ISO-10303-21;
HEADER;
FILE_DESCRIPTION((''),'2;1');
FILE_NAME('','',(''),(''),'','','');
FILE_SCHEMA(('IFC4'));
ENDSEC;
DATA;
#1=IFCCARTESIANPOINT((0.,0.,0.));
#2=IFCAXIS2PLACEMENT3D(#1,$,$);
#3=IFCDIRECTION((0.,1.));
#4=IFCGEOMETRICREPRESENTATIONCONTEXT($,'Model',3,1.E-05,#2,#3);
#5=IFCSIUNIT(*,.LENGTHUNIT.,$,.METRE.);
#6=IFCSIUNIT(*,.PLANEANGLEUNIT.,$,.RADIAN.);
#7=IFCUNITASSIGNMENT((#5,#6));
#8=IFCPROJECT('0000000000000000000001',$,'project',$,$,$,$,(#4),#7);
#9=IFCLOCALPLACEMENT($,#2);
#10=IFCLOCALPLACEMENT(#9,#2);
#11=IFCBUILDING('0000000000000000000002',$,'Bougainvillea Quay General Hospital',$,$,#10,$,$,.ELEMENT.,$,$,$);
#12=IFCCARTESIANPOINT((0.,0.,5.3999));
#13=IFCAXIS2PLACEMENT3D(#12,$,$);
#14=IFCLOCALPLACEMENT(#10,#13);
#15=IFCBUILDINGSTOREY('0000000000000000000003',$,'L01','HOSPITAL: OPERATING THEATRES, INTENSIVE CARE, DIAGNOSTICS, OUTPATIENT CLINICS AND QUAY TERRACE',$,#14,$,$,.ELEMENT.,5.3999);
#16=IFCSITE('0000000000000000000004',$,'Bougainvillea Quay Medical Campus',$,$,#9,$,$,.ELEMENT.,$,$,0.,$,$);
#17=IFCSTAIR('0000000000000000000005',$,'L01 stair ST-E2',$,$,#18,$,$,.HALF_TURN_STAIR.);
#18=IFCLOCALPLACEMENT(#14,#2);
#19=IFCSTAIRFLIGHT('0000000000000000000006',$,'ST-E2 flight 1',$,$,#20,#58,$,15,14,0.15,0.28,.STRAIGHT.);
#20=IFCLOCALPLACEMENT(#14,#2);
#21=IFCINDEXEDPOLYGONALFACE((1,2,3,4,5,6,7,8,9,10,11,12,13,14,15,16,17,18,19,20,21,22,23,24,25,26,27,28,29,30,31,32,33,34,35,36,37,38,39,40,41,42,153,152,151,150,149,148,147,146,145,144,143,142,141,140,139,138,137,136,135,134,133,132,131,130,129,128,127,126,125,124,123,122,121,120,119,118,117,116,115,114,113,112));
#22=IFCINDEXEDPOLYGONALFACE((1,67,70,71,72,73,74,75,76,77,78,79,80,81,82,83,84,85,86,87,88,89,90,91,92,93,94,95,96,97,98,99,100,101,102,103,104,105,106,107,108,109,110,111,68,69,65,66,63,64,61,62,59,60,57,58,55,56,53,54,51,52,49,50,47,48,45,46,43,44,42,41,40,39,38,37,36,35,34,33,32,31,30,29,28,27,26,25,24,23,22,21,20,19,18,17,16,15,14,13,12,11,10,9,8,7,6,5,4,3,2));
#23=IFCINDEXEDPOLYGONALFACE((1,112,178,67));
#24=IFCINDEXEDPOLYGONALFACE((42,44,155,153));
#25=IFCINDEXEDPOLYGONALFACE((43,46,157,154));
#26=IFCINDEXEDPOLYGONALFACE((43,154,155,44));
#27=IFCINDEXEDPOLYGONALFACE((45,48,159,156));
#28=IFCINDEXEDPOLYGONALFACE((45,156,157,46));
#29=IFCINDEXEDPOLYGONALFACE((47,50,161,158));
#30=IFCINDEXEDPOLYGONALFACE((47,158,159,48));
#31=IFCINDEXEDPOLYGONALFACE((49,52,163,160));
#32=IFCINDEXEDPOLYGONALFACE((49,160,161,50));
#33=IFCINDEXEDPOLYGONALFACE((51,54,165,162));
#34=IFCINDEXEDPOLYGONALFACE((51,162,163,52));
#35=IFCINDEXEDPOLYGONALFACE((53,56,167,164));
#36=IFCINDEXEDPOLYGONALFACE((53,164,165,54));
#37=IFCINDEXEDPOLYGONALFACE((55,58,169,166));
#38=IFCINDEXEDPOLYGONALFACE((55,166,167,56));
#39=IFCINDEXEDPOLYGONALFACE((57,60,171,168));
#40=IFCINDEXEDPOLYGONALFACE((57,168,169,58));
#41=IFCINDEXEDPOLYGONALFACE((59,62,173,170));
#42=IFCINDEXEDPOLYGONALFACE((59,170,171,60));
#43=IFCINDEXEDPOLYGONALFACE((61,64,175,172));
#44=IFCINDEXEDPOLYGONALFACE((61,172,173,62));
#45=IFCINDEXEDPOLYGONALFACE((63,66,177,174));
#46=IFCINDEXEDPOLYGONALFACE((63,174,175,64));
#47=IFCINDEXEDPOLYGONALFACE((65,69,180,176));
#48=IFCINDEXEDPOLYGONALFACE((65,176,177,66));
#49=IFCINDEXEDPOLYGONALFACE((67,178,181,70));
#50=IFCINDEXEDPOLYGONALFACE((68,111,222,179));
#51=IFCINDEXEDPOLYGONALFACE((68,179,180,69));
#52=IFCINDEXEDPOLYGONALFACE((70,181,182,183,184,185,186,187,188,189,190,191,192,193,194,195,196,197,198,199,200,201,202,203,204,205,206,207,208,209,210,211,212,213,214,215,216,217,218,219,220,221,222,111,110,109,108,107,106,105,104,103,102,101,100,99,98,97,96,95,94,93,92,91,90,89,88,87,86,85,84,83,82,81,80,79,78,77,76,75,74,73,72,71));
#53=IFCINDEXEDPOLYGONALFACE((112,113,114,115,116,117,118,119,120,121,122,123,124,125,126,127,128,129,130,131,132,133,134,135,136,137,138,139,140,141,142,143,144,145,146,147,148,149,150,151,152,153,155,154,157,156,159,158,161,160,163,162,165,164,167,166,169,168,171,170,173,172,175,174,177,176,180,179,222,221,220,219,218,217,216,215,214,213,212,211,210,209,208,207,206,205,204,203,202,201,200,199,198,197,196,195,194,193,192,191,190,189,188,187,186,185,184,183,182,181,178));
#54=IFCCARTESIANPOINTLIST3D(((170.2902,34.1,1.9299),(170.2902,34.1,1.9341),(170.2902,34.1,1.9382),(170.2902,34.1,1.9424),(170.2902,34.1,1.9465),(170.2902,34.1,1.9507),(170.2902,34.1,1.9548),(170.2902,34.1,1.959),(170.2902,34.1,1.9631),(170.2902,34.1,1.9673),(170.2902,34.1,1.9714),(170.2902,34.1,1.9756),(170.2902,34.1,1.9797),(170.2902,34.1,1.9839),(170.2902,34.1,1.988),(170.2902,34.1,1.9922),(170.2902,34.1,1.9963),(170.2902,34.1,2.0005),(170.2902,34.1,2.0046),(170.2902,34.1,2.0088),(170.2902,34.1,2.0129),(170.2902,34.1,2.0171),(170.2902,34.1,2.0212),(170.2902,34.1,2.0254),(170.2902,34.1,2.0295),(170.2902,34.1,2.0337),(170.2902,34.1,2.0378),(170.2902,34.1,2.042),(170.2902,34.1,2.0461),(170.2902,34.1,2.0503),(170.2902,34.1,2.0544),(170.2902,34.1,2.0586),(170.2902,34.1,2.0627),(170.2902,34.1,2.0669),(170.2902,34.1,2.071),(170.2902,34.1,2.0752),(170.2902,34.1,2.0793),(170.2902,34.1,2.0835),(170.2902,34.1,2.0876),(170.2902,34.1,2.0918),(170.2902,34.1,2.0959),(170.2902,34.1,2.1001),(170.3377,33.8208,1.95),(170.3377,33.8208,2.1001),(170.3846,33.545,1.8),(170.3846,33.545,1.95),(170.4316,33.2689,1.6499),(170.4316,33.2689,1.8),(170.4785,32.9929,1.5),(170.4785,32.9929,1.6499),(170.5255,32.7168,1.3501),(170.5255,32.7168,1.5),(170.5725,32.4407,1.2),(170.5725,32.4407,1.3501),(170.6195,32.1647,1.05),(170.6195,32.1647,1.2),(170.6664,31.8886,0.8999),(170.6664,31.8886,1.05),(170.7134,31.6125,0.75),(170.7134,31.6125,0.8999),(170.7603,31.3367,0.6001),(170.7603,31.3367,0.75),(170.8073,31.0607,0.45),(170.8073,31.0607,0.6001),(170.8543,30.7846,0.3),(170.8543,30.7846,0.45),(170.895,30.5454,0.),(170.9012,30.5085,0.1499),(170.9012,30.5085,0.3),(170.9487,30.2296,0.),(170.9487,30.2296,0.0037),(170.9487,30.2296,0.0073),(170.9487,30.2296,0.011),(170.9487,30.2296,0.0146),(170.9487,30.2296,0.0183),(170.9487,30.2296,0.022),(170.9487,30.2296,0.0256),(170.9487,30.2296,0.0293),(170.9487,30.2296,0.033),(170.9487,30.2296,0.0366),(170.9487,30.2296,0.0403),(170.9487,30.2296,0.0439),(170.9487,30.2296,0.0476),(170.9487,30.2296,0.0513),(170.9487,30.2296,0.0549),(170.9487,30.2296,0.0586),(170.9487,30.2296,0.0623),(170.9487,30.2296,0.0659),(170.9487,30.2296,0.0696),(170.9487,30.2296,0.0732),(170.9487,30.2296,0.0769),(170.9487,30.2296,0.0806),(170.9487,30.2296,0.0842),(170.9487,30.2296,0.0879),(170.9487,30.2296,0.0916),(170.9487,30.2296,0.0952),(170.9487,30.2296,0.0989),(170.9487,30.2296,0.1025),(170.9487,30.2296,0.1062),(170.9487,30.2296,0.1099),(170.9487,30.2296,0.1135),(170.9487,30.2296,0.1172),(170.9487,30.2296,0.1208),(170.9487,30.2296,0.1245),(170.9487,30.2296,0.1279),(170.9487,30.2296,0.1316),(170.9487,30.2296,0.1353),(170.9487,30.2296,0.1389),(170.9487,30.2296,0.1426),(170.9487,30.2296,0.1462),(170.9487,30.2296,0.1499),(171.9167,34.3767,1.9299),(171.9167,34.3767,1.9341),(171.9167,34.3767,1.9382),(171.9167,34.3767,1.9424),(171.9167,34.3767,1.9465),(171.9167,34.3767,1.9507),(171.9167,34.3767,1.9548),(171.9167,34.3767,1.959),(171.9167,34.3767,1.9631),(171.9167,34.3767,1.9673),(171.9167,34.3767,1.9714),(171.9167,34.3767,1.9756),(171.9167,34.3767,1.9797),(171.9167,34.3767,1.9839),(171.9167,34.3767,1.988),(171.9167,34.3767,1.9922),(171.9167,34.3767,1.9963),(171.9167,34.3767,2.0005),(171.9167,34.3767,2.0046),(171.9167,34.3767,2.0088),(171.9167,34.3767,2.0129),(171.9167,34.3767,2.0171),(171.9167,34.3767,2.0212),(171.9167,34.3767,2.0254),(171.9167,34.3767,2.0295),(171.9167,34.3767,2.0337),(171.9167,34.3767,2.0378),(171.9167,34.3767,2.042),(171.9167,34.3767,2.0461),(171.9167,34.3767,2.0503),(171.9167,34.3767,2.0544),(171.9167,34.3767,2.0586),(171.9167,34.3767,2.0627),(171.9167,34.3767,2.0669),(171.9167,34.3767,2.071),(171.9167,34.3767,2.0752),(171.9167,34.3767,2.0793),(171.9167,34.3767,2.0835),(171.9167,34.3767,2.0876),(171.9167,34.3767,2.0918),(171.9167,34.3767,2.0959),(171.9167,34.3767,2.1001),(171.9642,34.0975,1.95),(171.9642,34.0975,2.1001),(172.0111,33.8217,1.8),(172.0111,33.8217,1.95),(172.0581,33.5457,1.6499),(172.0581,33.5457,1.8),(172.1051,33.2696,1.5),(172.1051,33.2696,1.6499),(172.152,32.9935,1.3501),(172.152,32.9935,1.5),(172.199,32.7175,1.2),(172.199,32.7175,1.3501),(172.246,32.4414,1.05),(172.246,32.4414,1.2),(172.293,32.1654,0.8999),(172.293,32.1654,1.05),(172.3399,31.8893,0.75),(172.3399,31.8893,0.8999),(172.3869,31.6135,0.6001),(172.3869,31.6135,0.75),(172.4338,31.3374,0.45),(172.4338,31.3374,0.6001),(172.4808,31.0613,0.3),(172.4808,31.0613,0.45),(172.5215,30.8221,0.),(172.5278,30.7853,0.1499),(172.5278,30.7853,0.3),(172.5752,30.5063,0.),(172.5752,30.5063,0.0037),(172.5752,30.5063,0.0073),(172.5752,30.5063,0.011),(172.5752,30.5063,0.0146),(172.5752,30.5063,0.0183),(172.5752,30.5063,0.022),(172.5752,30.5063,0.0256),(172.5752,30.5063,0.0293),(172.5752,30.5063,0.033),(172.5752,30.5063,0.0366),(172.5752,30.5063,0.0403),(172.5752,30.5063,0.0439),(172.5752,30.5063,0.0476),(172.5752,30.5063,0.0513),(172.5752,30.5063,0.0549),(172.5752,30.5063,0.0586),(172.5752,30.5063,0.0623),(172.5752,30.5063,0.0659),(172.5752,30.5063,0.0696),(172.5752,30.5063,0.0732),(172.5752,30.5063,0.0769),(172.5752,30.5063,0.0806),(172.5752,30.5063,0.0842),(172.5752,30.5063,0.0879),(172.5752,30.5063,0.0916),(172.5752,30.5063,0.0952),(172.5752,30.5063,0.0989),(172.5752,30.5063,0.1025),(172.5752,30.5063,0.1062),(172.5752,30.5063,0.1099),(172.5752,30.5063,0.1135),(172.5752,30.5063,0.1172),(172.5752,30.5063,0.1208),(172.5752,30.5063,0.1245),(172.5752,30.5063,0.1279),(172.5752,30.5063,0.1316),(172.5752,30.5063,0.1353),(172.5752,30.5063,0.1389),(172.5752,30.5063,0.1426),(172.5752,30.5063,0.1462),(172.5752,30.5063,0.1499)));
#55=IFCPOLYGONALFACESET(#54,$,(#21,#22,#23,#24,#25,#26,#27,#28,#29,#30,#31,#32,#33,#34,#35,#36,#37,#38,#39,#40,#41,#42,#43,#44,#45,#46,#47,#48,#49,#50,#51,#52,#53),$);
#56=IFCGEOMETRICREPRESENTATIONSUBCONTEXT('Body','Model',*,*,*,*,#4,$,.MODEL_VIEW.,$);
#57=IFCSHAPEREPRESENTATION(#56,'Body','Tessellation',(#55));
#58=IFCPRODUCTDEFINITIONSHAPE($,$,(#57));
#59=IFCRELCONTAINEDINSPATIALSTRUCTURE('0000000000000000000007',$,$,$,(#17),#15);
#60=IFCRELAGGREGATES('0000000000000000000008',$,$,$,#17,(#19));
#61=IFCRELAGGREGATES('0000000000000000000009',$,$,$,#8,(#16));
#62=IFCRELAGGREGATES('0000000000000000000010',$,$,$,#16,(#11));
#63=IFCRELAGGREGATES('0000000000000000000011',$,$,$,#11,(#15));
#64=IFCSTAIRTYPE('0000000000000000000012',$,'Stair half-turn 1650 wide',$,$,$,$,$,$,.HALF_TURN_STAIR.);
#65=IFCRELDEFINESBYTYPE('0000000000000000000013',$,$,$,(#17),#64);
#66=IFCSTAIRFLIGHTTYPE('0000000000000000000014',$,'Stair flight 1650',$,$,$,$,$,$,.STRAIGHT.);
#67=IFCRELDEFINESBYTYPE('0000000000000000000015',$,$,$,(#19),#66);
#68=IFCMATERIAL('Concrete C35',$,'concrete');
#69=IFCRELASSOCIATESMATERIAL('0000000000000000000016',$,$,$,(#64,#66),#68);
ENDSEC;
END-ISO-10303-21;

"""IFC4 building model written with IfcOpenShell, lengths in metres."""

from ifc_helpers import new_model, si_unit, direction, frame, origin, place, context, subcontext, project, spatial, polyline, outline, extrude, material, type_object, element, aggregate, save


model = new_model("IFC4")

# Units and contexts
model_context = context("Model", 3, precision=1e-05, world=origin(), true_north=direction((0.0, 1.0)))
body_context = subcontext(model_context, "Body", "Model", "MODEL_VIEW")
ifc_project = project(units=[si_unit("LENGTHUNIT", "METRE"), si_unit("PLANEANGLEUNIT", "RADIAN")], contexts=[model_context])

# Site, building, storey
site_placement = place(None, origin())
site = spatial("IfcSite", under=ifc_project, at=site_placement, Name="Bougainvillea Quay Medical Campus", CompositionType="ELEMENT", RefElevation=0.0)
building_placement = place(site_placement, origin())
building = spatial("IfcBuilding", under=site, at=building_placement, Name="Bougainvillea Quay General Hospital", CompositionType="ELEMENT")
storey_placement = place(building_placement, frame((0.0, 0.0, 5.3999)))
storey = spatial("IfcBuildingStorey", under=building, at=storey_placement, Name="L01", Description="HOSPITAL: OPERATING THEATRES, INTENSIVE CARE, DIAGNOSTICS, OUTPATIENT CLINICS AND QUAY TERRACE", CompositionType="ELEMENT", Elevation=5.3999)

# Stair, stair flight
ifc_material_1 = material(Name="Concrete C35", Category="concrete")
stair_type = type_object("IfcStairType", Name="Stair half-turn 1650 wide", PredefinedType="HALF_TURN_STAIR", material=ifc_material_1)
stair_placement = place(storey_placement, origin())
stair = element("IfcStair", 1, at=stair_placement, inside=storey, type_object=stair_type, Name="L01 stair ST-E2", PredefinedType="HALF_TURN_STAIR")
stair_flight_type = type_object("IfcStairFlightType", Name="Stair flight 1650", PredefinedType="STRAIGHT", material=ifc_material_1)
stair_flight_1_placement = place(storey_placement, frame((171.7615, 30.3708, 0.0), z_axis=(0.0, 0.0, 1.0), x_axis=(-0.167737, 0.985832, 0.0)))
stair_flight_1 = element("IfcStairFlight", 2, at=stair_flight_1_placement, type_object=stair_flight_type, Name="ST-E2 flight 1", NumberOfRisers=15, NumberOfTreads=14, PredefinedType="STRAIGHT", RiserHeight=0.15, TreadLength=0.28, context=body_context, shape_type="SweptSolid", body=[
    extrude(outline(polyline([(-0.0029, 0.0), (-0.0029, 0.0037), (-0.0029, 0.0073), (-0.0029, 0.011), (-0.0029, 0.0146), (-0.0029, 0.0183), (-0.0029, 0.022), (-0.0029, 0.0256), (-0.0029, 0.0293), (-0.0029, 0.033), (-0.0029, 0.0366), (-0.0029, 0.0403), (-0.0029, 0.0439), (-0.0029, 0.0476), (-0.0029, 0.0513), (-0.0029, 0.0549), (-0.0029, 0.0586), (-0.0029, 0.0623), (-0.0029, 0.0659), (-0.0029, 0.0696), (-0.0029, 0.0732), (-0.0029, 0.0769), (-0.0029, 0.0806), (-0.0029, 0.0842), (-0.0029, 0.0879), (-0.0029, 0.0916), (-0.0029, 0.0952), (-0.0029, 0.0989), (-0.0029, 0.1025), (-0.0029, 0.1062), (-0.0029, 0.1099), (-0.0029, 0.1135), (-0.0029, 0.1172), (-0.0029, 0.1208), (-0.0029, 0.1245), (-0.0029, 0.1279), (-0.0029, 0.1316), (-0.0029, 0.1353), (-0.0029, 0.1389), (-0.0029, 0.1426), (-0.0029, 0.1462), (-0.0029, 0.1499), (0.28, 0.1499), (0.28, 0.3), (0.5601, 0.3), (0.5601, 0.45), (0.8401, 0.45), (0.8401, 0.6001), (1.1201, 0.6001), (1.1201, 0.75), (1.3999, 0.75), (1.3999, 0.8999), (1.6799, 0.8999), (1.6799, 1.05), (1.96, 1.05), (1.96, 1.2), (2.24, 1.2), (2.24, 1.3501), (2.52, 1.3501), (2.52, 1.5), (2.8, 1.5), (2.8, 1.6499), (3.0801, 1.6499), (3.0801, 1.8), (3.3601, 1.8), (3.3601, 1.95), (3.6399, 1.95), (3.6399, 2.1001), (3.9231, 2.1001), (3.9231, 2.0959), (3.9231, 2.0918), (3.9231, 2.0876), (3.9231, 2.0835), (3.9231, 2.0793), (3.9231, 2.0752), (3.9231, 2.071), (3.9231, 2.0669), (3.9231, 2.0627), (3.9231, 2.0586), (3.9231, 2.0544), (3.9231, 2.0503), (3.9231, 2.0461), (3.9231, 2.042), (3.9231, 2.0378), (3.9231, 2.0337), (3.9231, 2.0295), (3.9231, 2.0254), (3.9231, 2.0212), (3.9231, 2.0171), (3.9231, 2.0129), (3.9231, 2.0088), (3.9231, 2.0046), (3.9231, 2.0005), (3.9231, 1.9963), (3.9231, 1.9922), (3.9231, 1.988), (3.9231, 1.9839), (3.9231, 1.9797), (3.9231, 1.9756), (3.9231, 1.9714), (3.9231, 1.9673), (3.9231, 1.9631), (3.9231, 1.959), (3.9231, 1.9548), (3.9231, 1.9507), (3.9231, 1.9465), (3.9231, 1.9424), (3.9231, 1.9382), (3.9231, 1.9341), (3.9231, 1.9299), (0.3174, 0.0), (-0.0029, 0.0)])), frame((0.0, 0.825, 0.0), z_axis=(0.0, -1.0, 0.0), x_axis=(1.0, 0.0, 0.0)), (0.0, 0.0, 1.0), 1.6499),
])
aggregate(stair, [stair_flight_1])

save(model, "model.ifc")
